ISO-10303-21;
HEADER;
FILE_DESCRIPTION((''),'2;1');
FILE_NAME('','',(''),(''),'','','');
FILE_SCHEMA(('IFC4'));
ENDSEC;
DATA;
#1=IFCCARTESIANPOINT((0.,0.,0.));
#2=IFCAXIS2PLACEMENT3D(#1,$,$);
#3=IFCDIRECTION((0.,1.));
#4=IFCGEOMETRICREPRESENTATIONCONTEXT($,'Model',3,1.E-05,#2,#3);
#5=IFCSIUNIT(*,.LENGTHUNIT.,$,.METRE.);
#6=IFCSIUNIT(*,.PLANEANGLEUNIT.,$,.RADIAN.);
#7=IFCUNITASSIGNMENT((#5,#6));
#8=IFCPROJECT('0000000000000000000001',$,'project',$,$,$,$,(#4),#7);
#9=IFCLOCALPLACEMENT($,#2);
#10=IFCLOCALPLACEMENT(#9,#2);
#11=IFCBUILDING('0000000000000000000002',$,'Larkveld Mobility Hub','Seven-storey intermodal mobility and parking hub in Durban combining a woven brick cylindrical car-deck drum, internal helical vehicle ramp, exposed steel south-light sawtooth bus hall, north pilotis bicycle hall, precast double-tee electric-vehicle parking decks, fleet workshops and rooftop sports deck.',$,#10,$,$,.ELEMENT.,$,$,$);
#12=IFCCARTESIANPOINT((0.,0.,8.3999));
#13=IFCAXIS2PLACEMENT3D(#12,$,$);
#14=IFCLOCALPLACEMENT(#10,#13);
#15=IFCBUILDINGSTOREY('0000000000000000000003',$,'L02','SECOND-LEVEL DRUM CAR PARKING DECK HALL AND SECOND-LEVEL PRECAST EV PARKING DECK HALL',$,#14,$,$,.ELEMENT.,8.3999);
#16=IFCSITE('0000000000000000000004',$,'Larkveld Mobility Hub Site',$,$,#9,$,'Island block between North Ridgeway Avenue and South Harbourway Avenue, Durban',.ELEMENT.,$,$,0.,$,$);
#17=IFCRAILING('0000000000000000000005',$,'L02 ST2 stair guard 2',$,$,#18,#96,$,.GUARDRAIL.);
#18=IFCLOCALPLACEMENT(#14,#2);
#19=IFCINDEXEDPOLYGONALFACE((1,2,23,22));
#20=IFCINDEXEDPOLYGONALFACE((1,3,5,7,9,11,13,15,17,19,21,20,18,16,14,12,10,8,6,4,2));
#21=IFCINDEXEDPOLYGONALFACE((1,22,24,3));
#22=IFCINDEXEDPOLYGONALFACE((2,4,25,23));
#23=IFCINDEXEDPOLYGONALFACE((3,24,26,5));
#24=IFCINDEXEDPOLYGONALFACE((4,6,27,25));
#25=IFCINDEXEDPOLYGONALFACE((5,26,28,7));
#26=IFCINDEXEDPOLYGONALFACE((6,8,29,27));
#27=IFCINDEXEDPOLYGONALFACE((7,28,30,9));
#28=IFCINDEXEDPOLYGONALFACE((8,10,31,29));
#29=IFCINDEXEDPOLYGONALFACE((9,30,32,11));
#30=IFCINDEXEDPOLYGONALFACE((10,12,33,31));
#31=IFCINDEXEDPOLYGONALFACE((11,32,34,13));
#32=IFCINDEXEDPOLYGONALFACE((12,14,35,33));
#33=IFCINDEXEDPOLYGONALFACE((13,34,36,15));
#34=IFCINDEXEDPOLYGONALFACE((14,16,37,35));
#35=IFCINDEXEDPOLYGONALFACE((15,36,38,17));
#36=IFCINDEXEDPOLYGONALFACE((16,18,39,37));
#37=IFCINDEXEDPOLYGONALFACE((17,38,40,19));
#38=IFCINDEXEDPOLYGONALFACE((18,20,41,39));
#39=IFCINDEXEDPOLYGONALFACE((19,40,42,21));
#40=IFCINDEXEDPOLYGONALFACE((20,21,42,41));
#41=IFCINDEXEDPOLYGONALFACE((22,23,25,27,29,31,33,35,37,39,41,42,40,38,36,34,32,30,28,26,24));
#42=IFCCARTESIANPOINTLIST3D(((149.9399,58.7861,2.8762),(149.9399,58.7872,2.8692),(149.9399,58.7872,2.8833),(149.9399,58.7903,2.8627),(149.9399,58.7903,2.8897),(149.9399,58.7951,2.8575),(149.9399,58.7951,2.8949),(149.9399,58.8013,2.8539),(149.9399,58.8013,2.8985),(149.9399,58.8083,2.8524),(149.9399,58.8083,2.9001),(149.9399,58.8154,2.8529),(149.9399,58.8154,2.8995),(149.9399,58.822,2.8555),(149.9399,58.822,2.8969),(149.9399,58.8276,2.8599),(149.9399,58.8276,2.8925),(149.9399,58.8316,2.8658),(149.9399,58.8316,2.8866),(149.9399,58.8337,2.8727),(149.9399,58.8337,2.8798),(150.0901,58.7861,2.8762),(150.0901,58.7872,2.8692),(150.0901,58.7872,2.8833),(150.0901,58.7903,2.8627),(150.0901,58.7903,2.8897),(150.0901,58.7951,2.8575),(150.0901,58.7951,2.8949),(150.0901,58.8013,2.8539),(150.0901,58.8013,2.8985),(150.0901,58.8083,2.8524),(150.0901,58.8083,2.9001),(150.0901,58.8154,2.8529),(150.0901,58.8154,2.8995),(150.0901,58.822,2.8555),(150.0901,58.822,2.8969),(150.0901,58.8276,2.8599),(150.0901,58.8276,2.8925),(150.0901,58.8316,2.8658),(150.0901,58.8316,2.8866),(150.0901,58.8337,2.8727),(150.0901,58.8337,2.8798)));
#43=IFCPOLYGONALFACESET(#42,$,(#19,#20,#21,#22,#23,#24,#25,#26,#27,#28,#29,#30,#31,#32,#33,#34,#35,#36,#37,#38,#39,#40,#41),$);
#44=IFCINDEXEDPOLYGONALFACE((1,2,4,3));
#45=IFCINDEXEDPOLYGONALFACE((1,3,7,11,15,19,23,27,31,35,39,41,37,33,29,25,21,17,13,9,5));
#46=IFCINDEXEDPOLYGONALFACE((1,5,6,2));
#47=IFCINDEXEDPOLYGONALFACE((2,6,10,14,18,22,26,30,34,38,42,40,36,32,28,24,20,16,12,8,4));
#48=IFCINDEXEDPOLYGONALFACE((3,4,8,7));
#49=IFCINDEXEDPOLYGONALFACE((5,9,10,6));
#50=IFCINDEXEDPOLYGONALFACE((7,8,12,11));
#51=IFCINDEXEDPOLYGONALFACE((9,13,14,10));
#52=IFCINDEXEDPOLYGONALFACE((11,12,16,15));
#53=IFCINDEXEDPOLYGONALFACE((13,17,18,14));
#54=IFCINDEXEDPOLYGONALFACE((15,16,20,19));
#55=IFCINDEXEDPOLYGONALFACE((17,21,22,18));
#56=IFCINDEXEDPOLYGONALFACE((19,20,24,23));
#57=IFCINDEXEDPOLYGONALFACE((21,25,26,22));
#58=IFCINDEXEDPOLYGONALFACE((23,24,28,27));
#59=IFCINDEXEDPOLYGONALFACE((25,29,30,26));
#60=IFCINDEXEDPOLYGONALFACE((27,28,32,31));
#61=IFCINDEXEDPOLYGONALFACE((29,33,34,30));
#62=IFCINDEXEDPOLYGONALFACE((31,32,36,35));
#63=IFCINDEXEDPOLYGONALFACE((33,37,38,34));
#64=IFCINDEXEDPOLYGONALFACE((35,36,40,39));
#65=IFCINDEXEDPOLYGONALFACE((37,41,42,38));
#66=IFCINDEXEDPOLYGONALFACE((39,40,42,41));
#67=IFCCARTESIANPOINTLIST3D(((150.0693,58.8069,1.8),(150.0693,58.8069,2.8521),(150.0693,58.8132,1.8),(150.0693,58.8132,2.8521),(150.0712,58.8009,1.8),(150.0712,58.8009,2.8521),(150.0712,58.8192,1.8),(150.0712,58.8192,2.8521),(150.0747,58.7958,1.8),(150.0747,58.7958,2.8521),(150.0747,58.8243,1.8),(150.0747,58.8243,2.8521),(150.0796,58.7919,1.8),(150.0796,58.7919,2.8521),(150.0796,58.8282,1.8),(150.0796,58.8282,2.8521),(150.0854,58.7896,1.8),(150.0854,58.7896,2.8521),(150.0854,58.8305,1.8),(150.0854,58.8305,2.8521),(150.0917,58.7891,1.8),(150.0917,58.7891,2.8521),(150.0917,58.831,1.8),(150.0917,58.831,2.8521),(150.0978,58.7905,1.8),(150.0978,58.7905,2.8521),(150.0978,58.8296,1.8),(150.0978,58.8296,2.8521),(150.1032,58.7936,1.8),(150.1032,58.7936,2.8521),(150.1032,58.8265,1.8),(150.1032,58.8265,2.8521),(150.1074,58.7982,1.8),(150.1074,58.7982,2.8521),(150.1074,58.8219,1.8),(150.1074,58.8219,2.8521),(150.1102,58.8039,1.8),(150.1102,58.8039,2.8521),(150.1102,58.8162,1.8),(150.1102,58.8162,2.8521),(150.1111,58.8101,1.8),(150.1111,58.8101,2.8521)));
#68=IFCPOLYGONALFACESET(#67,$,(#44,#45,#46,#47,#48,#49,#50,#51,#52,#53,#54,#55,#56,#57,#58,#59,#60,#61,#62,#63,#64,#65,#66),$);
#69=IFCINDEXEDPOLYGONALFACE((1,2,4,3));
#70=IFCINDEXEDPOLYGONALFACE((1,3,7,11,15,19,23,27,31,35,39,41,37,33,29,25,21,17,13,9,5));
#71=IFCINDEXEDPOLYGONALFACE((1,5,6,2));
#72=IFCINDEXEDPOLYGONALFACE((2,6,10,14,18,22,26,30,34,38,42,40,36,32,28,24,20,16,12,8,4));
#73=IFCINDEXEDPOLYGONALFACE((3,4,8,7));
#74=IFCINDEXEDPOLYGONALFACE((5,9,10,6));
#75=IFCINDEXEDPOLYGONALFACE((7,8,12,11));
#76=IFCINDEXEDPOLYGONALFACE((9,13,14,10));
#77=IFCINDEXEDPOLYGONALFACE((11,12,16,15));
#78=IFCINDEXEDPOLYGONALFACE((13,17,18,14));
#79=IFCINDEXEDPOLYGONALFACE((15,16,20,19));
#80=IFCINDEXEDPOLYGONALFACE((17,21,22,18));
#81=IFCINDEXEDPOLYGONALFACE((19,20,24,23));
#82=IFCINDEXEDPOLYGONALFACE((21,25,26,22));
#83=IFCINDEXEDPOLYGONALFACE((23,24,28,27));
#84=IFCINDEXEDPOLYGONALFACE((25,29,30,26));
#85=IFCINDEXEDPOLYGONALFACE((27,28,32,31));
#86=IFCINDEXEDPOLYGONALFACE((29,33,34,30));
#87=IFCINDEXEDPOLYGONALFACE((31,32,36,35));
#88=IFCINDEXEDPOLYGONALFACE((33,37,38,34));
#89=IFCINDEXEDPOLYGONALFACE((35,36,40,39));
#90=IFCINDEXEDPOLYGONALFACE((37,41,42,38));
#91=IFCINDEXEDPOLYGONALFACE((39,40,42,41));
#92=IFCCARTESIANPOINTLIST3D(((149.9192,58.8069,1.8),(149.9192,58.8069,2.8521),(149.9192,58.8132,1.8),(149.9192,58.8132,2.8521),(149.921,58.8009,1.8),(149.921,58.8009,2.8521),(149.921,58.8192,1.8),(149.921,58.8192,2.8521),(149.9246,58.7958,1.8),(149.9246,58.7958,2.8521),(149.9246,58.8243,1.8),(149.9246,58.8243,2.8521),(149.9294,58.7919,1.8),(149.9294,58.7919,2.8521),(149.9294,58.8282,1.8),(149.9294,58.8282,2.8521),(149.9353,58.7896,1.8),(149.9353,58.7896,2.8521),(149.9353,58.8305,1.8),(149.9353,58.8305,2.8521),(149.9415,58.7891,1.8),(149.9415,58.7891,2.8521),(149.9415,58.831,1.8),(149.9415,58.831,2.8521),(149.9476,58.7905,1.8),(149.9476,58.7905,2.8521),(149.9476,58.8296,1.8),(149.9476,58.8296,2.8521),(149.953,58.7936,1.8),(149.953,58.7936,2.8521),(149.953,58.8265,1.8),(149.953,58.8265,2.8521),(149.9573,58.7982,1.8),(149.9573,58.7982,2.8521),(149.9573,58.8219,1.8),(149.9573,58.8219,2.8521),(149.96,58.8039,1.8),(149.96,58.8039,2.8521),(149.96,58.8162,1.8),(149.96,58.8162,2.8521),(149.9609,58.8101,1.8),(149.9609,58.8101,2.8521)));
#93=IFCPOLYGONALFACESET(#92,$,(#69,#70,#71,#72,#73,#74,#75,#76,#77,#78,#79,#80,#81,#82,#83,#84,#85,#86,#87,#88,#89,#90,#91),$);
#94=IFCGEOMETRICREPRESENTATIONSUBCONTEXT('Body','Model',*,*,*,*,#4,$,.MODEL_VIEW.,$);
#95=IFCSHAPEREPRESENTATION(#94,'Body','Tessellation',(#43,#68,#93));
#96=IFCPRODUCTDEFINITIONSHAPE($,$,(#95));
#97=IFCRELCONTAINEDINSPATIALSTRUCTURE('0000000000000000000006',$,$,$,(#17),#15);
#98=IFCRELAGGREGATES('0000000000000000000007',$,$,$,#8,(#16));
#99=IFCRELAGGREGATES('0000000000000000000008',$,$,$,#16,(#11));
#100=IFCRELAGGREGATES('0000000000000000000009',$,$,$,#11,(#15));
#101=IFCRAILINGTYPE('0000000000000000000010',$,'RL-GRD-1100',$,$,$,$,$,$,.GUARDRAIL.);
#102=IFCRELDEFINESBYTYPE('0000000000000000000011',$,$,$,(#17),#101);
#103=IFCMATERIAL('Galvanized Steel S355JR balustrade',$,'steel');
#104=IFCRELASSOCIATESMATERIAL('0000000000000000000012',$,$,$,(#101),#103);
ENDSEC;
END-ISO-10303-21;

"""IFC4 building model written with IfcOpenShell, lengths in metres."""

from ifc_helpers import new_model, si_unit, direction, frame, origin, origin_2d, place, context, subcontext, project, spatial, circle, extrude, material, type_object, element, save


model = new_model("IFC4")

# Units and contexts
model_context = context("Model", 3, precision=1e-05, world=origin(), true_north=direction((0.0, 1.0)))
body_context = subcontext(model_context, "Body", "Model", "MODEL_VIEW")
ifc_project = project(units=[si_unit("LENGTHUNIT", "METRE"), si_unit("PLANEANGLEUNIT", "RADIAN")], contexts=[model_context])

# Site, building, storey
site_placement = place(None, origin())
site = spatial("IfcSite", under=ifc_project, at=site_placement, Name="Larkveld Mobility Hub Site", LongName="Island block between North Ridgeway Avenue and South Harbourway Avenue, Durban", CompositionType="ELEMENT", RefElevation=0.0)
building_placement = place(site_placement, origin())
building = spatial("IfcBuilding", under=site, at=building_placement, Name="Larkveld Mobility Hub", Description="Seven-storey intermodal mobility and parking hub in Durban combining a woven brick cylindrical car-deck drum, internal helical vehicle ramp, exposed steel south-light sawtooth bus hall, north pilotis bicycle hall, precast double-tee electric-vehicle parking decks, fleet workshops and rooftop sports deck.", CompositionType="ELEMENT")
storey_placement = place(building_placement, frame((0.0, 0.0, 8.3999)))
storey = spatial("IfcBuildingStorey", under=building, at=storey_placement, Name="L02", Description="SECOND-LEVEL DRUM CAR PARKING DECK HALL AND SECOND-LEVEL PRECAST EV PARKING DECK HALL", CompositionType="ELEMENT", Elevation=8.3999)

# Railing
ifc_material_1 = material(Name="Galvanized Steel S355JR balustrade", Category="steel")
railing_type = type_object("IfcRailingType", Name="RL-GRD-1100", PredefinedType="GUARDRAIL", material=ifc_material_1)
railing_placement = place(storey_placement, frame((150.0901, 58.8101, 1.8)))
element("IfcRailing", 1, at=railing_placement, inside=storey, type_object=railing_type, Name="L02 ST2 stair guard 2", PredefinedType="GUARDRAIL", context=body_context, shape_type="SweptSolid", body=[
    extrude(circle(Radius=0.0239, at=origin_2d()), frame((0.0, 0.0, 1.0762), z_axis=(-1.0, 0.0, 0.0), x_axis=(0.0, -1.0, 0.0)), (0.0, 0.0, 1.0), 0.1501),
    extrude(circle(Radius=0.021, at=origin_2d()), origin(), (0.0, 0.0, 1.0), 1.052),
    extrude(circle(Radius=0.021, at=origin_2d()), frame((-0.1501, 0.0, 0.0)), (0.0, 0.0, 1.0), 1.052),
])

save(model, "model.ifc")
